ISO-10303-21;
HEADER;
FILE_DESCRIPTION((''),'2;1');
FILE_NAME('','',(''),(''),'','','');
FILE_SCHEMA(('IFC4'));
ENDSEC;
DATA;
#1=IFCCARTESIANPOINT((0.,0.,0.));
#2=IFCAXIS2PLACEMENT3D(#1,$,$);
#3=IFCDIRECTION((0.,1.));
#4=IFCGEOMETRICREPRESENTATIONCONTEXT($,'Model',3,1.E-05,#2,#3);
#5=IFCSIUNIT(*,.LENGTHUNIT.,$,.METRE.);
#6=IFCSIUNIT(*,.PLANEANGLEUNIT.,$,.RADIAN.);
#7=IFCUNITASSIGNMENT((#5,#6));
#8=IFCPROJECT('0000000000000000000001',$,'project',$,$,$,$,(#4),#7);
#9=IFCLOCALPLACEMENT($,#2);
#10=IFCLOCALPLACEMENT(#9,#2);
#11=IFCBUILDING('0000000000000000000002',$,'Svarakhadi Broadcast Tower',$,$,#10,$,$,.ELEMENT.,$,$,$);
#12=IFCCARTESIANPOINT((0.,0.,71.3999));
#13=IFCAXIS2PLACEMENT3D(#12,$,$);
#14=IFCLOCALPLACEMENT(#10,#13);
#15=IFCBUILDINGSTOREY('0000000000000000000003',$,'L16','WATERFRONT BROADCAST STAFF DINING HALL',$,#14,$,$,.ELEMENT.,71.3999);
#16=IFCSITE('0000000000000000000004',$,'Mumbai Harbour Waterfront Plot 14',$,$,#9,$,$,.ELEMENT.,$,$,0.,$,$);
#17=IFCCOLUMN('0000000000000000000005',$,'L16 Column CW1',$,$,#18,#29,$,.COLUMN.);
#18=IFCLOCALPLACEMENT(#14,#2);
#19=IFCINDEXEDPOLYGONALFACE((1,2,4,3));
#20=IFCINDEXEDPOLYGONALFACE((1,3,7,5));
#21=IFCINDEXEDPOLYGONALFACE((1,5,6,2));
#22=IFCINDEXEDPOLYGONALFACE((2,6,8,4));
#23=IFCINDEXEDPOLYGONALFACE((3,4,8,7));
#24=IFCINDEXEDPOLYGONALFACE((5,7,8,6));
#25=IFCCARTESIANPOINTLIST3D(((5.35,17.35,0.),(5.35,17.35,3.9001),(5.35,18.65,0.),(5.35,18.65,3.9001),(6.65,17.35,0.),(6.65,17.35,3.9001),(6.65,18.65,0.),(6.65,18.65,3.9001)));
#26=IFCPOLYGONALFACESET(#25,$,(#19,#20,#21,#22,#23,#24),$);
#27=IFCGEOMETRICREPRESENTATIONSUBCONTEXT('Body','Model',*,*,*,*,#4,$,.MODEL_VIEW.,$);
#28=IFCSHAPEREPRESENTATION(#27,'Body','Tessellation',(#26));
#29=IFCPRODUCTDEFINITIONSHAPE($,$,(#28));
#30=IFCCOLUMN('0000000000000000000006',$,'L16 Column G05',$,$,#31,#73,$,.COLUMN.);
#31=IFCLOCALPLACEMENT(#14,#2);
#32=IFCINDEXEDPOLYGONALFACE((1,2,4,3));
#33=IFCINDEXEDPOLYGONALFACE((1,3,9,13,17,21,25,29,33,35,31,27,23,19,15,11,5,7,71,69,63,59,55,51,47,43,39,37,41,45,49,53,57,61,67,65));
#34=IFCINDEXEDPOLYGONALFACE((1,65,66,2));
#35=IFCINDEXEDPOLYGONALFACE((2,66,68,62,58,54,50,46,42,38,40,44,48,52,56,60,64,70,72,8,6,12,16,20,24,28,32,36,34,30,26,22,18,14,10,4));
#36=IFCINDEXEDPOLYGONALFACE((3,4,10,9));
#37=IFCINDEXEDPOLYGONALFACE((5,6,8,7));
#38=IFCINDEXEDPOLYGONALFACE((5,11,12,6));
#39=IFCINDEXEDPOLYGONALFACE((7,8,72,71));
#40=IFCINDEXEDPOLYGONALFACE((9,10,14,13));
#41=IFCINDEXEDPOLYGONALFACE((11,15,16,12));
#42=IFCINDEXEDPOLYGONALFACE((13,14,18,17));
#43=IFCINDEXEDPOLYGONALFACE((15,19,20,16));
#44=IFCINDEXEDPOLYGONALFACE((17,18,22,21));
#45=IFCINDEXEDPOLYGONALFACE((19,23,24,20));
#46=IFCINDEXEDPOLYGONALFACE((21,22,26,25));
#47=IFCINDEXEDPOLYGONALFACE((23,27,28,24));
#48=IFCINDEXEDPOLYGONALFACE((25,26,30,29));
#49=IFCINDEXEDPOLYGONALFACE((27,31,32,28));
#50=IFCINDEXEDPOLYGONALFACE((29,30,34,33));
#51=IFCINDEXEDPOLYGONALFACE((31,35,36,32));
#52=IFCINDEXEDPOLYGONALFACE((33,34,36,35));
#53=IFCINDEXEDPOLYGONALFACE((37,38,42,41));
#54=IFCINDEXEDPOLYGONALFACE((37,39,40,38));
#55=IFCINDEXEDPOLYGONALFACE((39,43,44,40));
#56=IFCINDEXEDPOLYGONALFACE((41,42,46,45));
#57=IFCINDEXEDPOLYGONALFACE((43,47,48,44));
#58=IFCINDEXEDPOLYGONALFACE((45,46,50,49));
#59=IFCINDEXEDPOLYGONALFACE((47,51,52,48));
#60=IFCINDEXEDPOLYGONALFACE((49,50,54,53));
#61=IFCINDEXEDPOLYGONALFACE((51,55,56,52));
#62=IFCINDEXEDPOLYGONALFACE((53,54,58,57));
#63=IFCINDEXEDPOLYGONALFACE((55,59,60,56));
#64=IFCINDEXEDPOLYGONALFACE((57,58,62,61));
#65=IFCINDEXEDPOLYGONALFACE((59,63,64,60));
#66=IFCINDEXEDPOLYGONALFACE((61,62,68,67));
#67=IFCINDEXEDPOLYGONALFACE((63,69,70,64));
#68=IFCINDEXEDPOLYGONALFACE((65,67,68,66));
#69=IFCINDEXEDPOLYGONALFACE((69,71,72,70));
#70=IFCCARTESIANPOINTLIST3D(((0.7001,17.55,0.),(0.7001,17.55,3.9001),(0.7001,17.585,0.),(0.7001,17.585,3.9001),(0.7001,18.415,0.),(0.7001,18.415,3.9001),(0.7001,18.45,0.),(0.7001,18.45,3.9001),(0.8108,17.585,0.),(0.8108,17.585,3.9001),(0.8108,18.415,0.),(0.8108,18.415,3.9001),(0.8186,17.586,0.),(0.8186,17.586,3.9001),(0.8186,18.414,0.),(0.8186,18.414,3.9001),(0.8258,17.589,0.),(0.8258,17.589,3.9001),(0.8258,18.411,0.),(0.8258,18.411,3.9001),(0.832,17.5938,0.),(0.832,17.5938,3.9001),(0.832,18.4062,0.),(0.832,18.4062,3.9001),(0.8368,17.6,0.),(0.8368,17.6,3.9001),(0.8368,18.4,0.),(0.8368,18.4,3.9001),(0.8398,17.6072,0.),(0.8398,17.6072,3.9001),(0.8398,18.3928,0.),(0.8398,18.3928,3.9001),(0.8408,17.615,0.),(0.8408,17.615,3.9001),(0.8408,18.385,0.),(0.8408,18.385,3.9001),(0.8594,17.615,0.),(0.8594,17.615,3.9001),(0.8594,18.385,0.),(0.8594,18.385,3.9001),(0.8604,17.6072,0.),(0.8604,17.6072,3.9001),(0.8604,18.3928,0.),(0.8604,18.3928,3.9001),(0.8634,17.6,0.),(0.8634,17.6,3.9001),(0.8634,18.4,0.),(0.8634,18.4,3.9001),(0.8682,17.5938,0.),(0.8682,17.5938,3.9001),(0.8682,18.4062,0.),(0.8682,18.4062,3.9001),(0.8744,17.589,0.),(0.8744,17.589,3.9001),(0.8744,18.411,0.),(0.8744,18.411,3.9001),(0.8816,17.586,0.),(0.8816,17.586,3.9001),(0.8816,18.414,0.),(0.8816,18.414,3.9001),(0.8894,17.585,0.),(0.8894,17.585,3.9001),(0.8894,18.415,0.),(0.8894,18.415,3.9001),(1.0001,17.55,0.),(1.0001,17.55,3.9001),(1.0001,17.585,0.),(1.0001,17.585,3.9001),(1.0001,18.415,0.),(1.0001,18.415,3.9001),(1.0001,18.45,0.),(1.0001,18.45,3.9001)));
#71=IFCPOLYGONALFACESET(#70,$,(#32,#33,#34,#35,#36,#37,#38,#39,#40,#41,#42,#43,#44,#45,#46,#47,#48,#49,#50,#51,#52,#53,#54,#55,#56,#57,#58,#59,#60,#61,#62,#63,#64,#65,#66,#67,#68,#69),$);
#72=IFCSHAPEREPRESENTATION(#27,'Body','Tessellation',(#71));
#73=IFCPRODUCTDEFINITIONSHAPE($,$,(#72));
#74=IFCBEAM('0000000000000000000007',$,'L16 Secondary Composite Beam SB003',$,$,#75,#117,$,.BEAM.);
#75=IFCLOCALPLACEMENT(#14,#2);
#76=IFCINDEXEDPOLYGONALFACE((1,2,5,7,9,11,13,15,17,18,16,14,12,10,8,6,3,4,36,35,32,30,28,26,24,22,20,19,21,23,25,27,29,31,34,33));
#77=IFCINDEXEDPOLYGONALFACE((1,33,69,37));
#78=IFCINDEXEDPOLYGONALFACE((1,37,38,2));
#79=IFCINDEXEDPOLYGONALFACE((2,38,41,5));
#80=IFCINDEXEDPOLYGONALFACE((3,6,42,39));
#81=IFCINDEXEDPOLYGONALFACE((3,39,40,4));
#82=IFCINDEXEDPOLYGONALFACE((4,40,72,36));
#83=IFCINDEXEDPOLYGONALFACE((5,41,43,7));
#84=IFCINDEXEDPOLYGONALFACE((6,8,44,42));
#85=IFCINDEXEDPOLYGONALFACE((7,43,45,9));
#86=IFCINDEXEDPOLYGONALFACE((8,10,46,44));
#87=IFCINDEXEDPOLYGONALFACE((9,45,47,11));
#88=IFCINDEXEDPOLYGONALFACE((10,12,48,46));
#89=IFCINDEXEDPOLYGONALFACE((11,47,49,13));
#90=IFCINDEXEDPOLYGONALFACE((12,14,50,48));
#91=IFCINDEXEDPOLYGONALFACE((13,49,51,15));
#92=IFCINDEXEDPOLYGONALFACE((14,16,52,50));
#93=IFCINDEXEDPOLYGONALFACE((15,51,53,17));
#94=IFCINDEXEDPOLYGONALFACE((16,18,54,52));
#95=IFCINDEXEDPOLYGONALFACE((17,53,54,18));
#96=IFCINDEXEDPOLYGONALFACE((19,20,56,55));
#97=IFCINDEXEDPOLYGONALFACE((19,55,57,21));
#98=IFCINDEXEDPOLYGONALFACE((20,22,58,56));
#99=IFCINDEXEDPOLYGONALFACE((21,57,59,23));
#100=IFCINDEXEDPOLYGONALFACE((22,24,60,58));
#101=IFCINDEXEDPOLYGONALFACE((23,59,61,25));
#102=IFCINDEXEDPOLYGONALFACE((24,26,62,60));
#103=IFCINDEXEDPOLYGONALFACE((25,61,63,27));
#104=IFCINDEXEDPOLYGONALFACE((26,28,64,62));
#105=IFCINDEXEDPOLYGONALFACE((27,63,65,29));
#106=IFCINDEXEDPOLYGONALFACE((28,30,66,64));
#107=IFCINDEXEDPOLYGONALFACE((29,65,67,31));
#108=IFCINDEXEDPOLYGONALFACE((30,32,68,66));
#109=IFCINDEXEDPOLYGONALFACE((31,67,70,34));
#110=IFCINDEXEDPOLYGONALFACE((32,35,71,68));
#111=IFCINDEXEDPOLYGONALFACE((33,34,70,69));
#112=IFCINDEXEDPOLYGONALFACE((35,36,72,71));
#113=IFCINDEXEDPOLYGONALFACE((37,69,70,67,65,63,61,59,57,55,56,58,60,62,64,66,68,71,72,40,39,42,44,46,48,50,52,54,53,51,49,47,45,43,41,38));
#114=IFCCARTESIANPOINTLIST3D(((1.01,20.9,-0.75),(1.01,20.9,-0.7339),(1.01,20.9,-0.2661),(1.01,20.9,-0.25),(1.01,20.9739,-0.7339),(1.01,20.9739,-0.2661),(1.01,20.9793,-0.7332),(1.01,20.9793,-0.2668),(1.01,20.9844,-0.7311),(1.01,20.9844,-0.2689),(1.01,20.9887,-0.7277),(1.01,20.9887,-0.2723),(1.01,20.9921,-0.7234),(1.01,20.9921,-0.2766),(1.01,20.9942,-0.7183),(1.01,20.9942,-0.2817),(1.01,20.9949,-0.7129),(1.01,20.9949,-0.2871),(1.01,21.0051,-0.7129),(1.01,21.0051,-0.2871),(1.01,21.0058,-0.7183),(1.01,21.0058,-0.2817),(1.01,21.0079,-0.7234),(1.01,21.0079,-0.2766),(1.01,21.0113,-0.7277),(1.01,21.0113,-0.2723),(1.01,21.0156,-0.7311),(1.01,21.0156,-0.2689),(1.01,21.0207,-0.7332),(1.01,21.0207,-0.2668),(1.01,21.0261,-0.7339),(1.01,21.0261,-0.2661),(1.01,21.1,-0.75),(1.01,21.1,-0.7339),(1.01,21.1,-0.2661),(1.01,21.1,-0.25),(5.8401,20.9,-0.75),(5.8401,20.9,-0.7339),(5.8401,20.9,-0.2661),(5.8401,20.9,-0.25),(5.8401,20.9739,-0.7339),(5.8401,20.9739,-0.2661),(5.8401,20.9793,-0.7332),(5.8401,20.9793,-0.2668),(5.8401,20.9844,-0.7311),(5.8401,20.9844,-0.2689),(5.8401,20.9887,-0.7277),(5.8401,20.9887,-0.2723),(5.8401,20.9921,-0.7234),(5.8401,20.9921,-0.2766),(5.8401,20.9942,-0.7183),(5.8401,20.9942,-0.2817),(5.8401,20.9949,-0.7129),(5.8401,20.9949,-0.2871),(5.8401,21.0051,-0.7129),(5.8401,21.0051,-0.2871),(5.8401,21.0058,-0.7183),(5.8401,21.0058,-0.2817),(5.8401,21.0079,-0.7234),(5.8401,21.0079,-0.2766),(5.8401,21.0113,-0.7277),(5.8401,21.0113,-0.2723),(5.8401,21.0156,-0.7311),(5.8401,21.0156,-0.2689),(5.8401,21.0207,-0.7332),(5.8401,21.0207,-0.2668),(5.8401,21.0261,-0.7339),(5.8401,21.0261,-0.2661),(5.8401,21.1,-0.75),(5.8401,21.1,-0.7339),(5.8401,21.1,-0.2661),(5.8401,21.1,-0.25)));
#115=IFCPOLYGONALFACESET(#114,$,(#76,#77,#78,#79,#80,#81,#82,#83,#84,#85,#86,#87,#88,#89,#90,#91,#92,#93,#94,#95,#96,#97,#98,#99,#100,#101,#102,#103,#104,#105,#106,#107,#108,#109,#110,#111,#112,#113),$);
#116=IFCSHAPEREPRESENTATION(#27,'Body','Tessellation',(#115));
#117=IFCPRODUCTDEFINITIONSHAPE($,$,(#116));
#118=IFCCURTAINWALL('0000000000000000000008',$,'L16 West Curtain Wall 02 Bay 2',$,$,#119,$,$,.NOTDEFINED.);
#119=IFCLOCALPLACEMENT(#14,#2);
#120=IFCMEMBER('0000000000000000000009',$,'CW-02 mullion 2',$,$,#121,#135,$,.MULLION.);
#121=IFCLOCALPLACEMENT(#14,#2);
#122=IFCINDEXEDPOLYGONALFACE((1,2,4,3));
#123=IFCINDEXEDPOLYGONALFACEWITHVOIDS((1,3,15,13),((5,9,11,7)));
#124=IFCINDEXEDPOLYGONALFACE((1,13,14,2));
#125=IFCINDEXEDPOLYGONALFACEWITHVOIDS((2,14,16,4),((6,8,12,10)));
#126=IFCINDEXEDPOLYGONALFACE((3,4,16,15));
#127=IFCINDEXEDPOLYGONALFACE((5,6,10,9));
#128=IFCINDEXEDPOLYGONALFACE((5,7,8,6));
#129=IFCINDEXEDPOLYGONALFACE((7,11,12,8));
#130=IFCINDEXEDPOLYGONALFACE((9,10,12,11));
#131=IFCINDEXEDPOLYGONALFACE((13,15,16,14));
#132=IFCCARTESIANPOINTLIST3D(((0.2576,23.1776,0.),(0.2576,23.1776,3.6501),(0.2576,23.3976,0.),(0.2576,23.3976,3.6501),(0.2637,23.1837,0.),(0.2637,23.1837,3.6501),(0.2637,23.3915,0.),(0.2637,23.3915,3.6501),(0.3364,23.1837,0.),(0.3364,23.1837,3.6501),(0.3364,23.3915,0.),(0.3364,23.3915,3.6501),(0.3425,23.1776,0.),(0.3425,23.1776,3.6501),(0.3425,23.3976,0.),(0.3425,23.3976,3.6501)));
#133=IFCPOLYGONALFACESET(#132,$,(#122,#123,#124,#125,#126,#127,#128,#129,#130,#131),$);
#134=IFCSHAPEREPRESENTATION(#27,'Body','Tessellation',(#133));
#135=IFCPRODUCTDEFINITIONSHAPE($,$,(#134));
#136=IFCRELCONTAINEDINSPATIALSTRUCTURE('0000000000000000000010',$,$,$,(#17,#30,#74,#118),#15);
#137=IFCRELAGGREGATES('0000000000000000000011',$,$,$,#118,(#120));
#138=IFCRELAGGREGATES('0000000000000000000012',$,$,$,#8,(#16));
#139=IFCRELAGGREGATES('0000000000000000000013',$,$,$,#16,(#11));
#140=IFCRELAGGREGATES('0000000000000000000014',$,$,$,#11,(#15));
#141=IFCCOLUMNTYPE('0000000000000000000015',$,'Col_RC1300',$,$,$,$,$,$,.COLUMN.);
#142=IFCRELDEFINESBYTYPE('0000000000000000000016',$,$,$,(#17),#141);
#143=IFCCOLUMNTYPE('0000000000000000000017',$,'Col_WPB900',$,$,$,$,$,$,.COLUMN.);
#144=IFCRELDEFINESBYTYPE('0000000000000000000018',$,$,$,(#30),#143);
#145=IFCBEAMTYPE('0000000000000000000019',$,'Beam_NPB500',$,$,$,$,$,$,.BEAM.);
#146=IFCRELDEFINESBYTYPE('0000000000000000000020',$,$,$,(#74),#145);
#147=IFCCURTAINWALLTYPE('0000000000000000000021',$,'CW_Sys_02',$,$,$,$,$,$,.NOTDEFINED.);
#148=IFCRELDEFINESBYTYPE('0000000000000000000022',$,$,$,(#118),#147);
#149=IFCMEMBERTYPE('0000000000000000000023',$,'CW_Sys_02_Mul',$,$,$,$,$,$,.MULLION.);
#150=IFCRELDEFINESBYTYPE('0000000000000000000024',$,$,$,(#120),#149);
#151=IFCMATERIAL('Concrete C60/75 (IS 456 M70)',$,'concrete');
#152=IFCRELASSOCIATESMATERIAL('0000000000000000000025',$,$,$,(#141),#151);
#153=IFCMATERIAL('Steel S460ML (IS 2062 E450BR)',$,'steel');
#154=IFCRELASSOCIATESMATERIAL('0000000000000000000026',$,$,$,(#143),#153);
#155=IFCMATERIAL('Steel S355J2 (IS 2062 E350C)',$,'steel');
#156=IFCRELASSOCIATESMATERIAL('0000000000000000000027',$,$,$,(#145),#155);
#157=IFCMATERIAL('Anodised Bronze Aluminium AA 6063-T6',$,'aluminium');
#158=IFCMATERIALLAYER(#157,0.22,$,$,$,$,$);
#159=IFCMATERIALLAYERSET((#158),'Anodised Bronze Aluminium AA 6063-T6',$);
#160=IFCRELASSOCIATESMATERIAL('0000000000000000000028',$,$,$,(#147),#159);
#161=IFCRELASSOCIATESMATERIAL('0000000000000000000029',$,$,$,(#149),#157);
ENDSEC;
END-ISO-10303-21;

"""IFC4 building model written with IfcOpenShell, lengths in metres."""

from ifc_helpers import new_model, si_unit, direction, frame, origin, origin_2d, place, context, subcontext, project, spatial, rectangle, hollow_rectangle, i_section, extrude, material, layer, layer_set, material_profile, profile_set, type_object, element, aggregate, save


model = new_model("IFC4")

# Units and contexts
model_context = context("Model", 3, precision=1e-05, world=origin(), true_north=direction((0.0, 1.0)))
body_context = subcontext(model_context, "Body", "Model", "MODEL_VIEW")
ifc_project = project(units=[si_unit("LENGTHUNIT", "METRE"), si_unit("PLANEANGLEUNIT", "RADIAN")], contexts=[model_context])

# Site, building, storey
site_placement = place(None, origin())
site = spatial("IfcSite", under=ifc_project, at=site_placement, Name="Mumbai Harbour Waterfront Plot 14", CompositionType="ELEMENT", RefElevation=0.0)
building_placement = place(site_placement, origin())
building = spatial("IfcBuilding", under=site, at=building_placement, Name="Svarakhadi Broadcast Tower", CompositionType="ELEMENT")
storey_placement = place(building_placement, frame((0.0, 0.0, 71.3999)))
storey = spatial("IfcBuildingStorey", under=building, at=storey_placement, Name="L16", Description="WATERFRONT BROADCAST STAFF DINING HALL", CompositionType="ELEMENT", Elevation=71.3999)

# Columns
ifc_material_1 = material(Name="Concrete C60/75 (IS 456 M70)", Category="concrete")
ifc_material_profile_1 = material_profile(ifc_material_1, rectangle(XDim=1.3, YDim=1.3, at=origin_2d()), Name="RC 1300x1300")
ifc_profile_set_1 = profile_set([ifc_material_profile_1], Name="Concrete C60/75 (IS 456 M70)")
column_type_1 = type_object("IfcColumnType", Name="Col_RC1300", PredefinedType="COLUMN", material=ifc_profile_set_1)
column_1_placement = place(storey_placement, frame((6.0, 18.0, 0.0), z_axis=(0.0, 0.0, 1.0), x_axis=(1.0, 0.0, 0.0)))
element("IfcColumn", 1, at=column_1_placement, inside=storey, type_object=column_type_1, Name="L16 Column CW1", PredefinedType="COLUMN", context=body_context, shape_type="SweptSolid", body=[
    extrude(rectangle(XDim=1.3, YDim=1.3, at=origin_2d()), origin(), (0.0, 0.0, 1.0), 3.9001),
])
ifc_material_2 = material(Name="Steel S460ML (IS 2062 E450BR)", Category="steel")
ifc_material_profile_2 = material_profile(ifc_material_2, i_section(OverallWidth=0.3, OverallDepth=0.8999, WebThickness=0.0186, FlangeThickness=0.0349, FilletRadius=0.03, at=origin_2d()), Name="WPB 900x300x291")
ifc_profile_set_2 = profile_set([ifc_material_profile_2], Name="Steel S460ML (IS 2062 E450BR)")
column_type_2 = type_object("IfcColumnType", Name="Col_WPB900", PredefinedType="COLUMN", material=ifc_profile_set_2)
column_2_placement = place(storey_placement, frame((0.8501, 18.0, 0.0), z_axis=(0.0, 0.0, 1.0), x_axis=(1.0, 0.0, 0.0)))
element("IfcColumn", 2, at=column_2_placement, inside=storey, type_object=column_type_2, Name="L16 Column G05", PredefinedType="COLUMN", context=body_context, shape_type="SweptSolid", body=[
    extrude(i_section(OverallWidth=0.3, OverallDepth=0.8999, WebThickness=0.0186, FlangeThickness=0.0349, FilletRadius=0.03, at=origin_2d()), origin(), (0.0, 0.0, 1.0), 3.9001),
])

# Beam
ifc_material_3 = material(Name="Steel S355J2 (IS 2062 E350C)", Category="steel")
ifc_material_profile_3 = material_profile(ifc_material_3, i_section(OverallWidth=0.2, OverallDepth=0.5, WebThickness=0.0103, FlangeThickness=0.0161, FilletRadius=0.021, at=origin_2d()), Name="NPB 500x200x91")
ifc_profile_set_3 = profile_set([ifc_material_profile_3], Name="Steel S355J2 (IS 2062 E350C)")
beam_type_1 = type_object("IfcBeamType", Name="Beam_NPB500", PredefinedType="BEAM", material=ifc_profile_set_3)
beam_1_placement = place(storey_placement, frame((1.01, 21.0, -0.5), z_axis=(1.0, 0.0, 0.0), x_axis=(0.0, 1.0, 0.0)))
element("IfcBeam", 3, at=beam_1_placement, inside=storey, type_object=beam_type_1, Name="L16 Secondary Composite Beam SB003", PredefinedType="BEAM", context=body_context, shape_type="SweptSolid", body=[
    extrude(i_section(OverallWidth=0.2, OverallDepth=0.5, WebThickness=0.0103, FlangeThickness=0.0161, FilletRadius=0.021, at=origin_2d()), origin(), (0.0, 0.0, 1.0), 4.8301),
])

# Curtain wall, member
ifc_material_4 = material(Name="Anodised Bronze Aluminium AA 6063-T6", Category="aluminium")
ifc_layer_1 = layer(ifc_material_4, 0.22)
ifc_layer_set_1 = layer_set([ifc_layer_1], Name="Anodised Bronze Aluminium AA 6063-T6")
curtain_wall_type = type_object("IfcCurtainWallType", Name="CW_Sys_02", PredefinedType="NOTDEFINED", material=ifc_layer_set_1)
curtain_wall_placement = place(storey_placement, origin())
curtain_wall = element("IfcCurtainWall", 4, at=curtain_wall_placement, inside=storey, type_object=curtain_wall_type, Name="L16 West Curtain Wall 02 Bay 2", PredefinedType="NOTDEFINED")
ifc_material_profile_4 = material_profile(ifc_material_4, hollow_rectangle(XDim=0.085, YDim=0.22, WallThickness=0.0061, at=origin_2d()), Name="ALU MULLION 220x85x6")
ifc_profile_set_4 = profile_set([ifc_material_profile_4], Name="Anodised Bronze Aluminium AA 6063-T6")
member_type_1 = type_object("IfcMemberType", Name="CW_Sys_02_Mul", PredefinedType="MULLION", material=ifc_profile_set_4)
member_1_placement = place(storey_placement, frame((0.3, 23.2876, 0.0), z_axis=(0.0, 0.0, 1.0), x_axis=(-1.0, 0.0, 0.0)))
member_1 = element("IfcMember", 5, at=member_1_placement, type_object=member_type_1, Name="CW-02 mullion 2", PredefinedType="MULLION", context=body_context, shape_type="SweptSolid", body=[
    extrude(hollow_rectangle(XDim=0.085, YDim=0.22, WallThickness=0.0061, at=origin_2d()), origin(), (0.0, 0.0, 1.0), 3.6501),
])

aggregate(curtain_wall, [member_1])

save(model, "model.ifc")
